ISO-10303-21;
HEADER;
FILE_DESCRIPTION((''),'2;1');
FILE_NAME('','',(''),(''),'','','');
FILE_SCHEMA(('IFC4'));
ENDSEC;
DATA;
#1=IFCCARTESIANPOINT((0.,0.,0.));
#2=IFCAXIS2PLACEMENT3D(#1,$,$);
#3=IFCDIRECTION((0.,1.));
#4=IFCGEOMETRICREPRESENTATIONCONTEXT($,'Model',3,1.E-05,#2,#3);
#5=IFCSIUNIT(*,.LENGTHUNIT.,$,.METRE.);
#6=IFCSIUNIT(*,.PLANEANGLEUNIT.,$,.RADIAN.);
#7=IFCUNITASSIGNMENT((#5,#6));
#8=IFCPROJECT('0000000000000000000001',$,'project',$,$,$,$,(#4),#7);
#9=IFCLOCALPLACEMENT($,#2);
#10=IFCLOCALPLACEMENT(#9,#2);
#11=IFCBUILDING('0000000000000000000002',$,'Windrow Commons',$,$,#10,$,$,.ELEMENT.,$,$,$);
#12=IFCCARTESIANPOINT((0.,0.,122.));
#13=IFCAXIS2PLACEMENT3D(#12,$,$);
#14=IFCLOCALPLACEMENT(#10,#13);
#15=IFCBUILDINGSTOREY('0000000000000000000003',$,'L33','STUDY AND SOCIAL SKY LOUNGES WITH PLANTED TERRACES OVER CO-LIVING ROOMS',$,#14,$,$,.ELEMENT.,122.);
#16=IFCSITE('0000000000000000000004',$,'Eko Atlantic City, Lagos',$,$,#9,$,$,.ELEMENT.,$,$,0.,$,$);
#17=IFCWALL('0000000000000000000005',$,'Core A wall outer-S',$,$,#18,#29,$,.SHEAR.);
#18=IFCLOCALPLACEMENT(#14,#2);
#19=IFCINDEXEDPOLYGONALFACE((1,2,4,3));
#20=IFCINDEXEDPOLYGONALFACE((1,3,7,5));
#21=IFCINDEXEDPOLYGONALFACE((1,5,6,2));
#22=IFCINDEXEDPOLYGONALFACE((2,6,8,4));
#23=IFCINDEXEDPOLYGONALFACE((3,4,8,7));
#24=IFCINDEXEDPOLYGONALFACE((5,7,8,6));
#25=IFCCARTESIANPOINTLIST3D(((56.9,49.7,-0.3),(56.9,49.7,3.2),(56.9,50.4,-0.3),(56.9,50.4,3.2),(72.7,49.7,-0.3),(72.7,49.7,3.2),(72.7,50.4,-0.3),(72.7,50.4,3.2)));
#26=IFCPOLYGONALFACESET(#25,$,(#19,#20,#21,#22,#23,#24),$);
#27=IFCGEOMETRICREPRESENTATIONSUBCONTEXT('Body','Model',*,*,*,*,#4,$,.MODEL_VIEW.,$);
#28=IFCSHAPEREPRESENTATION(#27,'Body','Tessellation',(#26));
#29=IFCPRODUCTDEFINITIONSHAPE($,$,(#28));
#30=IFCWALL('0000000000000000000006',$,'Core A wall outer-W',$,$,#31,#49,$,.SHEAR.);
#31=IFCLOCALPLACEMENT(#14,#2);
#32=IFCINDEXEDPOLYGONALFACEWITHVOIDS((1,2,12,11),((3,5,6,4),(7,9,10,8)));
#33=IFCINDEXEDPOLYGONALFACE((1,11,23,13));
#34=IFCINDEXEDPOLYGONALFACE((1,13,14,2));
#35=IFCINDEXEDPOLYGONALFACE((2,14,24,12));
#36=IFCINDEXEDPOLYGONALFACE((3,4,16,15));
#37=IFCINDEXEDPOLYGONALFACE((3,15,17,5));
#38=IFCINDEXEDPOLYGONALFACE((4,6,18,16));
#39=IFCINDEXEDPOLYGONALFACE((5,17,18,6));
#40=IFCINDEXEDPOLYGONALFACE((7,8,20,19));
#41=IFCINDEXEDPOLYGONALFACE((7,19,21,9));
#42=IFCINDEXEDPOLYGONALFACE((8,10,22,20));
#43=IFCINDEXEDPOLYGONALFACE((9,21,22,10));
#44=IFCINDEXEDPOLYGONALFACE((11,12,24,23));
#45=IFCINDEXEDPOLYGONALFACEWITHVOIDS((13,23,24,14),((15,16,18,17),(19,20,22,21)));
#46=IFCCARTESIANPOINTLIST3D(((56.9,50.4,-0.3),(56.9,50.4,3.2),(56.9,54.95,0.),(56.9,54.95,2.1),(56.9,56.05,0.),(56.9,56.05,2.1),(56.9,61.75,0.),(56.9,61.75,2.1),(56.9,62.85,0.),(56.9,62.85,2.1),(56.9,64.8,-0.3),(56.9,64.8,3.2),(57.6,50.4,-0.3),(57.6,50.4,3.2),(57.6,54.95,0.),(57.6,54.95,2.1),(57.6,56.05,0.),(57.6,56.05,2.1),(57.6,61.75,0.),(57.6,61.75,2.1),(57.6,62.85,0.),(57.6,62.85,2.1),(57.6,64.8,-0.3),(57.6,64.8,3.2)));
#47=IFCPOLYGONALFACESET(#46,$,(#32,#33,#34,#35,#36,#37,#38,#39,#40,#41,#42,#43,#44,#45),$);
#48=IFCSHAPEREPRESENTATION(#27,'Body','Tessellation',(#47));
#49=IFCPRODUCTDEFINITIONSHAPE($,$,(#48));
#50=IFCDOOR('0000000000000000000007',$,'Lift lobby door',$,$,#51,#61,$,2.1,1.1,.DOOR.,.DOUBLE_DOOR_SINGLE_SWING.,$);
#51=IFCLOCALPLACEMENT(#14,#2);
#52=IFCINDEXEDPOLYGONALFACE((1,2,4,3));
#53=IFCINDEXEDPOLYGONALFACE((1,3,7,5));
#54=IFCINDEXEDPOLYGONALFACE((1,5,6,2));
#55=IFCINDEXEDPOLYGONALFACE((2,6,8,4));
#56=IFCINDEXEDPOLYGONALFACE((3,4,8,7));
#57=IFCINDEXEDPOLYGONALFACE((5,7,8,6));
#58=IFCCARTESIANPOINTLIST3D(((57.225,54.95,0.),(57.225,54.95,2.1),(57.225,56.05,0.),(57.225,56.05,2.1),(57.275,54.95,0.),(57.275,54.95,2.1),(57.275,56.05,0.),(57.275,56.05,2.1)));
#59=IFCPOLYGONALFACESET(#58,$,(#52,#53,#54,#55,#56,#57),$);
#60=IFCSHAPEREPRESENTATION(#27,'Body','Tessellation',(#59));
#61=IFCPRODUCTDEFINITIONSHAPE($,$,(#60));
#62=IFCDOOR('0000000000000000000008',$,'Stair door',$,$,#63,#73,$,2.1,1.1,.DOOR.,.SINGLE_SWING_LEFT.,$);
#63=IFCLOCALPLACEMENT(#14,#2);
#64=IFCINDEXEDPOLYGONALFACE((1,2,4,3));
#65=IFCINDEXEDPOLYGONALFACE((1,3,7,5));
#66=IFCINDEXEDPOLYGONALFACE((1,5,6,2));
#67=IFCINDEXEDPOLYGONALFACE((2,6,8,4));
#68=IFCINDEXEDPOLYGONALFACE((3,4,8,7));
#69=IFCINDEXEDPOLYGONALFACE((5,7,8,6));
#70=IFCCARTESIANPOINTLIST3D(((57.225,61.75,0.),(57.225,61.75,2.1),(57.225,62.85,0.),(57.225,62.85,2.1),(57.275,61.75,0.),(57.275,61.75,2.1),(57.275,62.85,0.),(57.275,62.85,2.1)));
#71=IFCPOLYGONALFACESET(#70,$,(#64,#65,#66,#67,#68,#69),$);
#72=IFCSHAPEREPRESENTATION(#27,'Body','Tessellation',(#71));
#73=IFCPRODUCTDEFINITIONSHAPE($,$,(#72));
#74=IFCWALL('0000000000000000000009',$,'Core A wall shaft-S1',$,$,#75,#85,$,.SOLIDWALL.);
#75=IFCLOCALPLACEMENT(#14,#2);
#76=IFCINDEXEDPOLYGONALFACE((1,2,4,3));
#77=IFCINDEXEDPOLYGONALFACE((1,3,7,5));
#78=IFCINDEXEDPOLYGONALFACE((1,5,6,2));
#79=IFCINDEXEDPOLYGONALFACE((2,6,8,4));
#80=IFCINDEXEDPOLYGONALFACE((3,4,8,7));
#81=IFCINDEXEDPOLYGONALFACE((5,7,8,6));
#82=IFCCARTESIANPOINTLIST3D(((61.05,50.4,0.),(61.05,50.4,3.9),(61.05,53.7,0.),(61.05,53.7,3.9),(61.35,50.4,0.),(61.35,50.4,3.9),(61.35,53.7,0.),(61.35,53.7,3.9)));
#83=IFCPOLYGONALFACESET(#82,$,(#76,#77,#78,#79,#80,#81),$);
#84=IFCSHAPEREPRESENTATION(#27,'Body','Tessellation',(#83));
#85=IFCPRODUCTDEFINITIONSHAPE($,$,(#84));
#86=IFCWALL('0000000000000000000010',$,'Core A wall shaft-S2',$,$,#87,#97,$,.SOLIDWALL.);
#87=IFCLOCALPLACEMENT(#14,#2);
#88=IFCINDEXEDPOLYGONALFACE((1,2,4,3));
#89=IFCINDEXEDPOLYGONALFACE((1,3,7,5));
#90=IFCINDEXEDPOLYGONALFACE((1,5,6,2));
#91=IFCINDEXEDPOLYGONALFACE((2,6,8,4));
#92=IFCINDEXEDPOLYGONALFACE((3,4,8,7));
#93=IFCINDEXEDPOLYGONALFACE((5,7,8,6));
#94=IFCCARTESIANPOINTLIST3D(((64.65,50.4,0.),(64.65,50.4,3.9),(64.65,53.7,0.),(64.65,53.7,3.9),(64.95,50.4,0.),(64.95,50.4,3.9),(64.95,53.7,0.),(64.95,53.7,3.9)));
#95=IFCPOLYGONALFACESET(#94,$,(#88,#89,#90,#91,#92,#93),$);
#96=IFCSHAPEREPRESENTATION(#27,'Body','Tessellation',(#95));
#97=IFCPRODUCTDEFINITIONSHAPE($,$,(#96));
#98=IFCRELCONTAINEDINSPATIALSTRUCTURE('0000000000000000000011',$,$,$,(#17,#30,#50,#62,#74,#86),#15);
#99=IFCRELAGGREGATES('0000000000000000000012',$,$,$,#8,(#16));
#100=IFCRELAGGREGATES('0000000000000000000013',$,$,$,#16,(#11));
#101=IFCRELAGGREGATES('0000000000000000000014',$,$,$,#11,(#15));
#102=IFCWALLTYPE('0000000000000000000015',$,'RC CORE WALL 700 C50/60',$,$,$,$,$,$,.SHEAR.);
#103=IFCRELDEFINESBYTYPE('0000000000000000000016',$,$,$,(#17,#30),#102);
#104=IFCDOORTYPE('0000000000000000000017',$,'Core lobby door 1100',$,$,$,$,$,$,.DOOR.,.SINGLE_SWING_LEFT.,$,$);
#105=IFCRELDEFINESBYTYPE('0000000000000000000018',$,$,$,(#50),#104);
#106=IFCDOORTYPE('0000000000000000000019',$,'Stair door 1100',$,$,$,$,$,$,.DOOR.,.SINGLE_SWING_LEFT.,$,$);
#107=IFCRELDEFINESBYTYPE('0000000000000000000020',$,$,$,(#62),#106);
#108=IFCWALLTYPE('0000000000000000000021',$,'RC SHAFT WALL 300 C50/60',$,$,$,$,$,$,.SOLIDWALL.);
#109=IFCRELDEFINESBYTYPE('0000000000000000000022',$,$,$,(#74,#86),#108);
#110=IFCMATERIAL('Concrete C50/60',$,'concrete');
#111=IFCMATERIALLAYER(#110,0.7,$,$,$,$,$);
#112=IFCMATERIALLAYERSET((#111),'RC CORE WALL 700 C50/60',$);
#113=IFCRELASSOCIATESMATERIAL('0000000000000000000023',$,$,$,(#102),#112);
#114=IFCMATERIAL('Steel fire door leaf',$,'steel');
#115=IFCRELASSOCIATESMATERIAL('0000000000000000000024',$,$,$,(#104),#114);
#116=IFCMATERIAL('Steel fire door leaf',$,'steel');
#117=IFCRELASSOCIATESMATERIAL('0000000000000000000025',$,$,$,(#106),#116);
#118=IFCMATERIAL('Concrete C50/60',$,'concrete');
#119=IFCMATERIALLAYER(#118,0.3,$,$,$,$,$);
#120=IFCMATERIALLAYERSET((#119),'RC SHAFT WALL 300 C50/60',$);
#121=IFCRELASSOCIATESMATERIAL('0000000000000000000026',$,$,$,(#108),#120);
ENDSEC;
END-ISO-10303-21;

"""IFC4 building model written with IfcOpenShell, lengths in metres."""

from ifc_helpers import new_model, si_unit, direction, frame, frame_2d, origin, place, context, subcontext, project, spatial, rectangle, extrude, material, layer, layer_set, type_object, element, fill, save


model = new_model("IFC4")

# Units and contexts
model_context = context("Model", 3, precision=1e-05, world=origin(), true_north=direction((0.0, 1.0)))
body_context = subcontext(model_context, "Body", "Model", "MODEL_VIEW")
ifc_project = project(units=[si_unit("LENGTHUNIT", "METRE"), si_unit("PLANEANGLEUNIT", "RADIAN")], contexts=[model_context])

# Site, building, storey
site_placement = place(None, origin())
site = spatial("IfcSite", under=ifc_project, at=site_placement, Name="Eko Atlantic City, Lagos", CompositionType="ELEMENT", RefElevation=0.0)
building_placement = place(site_placement, origin())
building = spatial("IfcBuilding", under=site, at=building_placement, Name="Windrow Commons", CompositionType="ELEMENT")
storey_placement = place(building_placement, frame((0.0, 0.0, 122.0)))
storey = spatial("IfcBuildingStorey", under=building, at=storey_placement, Name="L33", Description="STUDY AND SOCIAL SKY LOUNGES WITH PLANTED TERRACES OVER CO-LIVING ROOMS", CompositionType="ELEMENT", Elevation=122.0)

# Wall
ifc_material_1 = material(Name="Concrete C50/60", Category="concrete")
ifc_layer_1 = layer(ifc_material_1, 0.7)
ifc_layer_set_1 = layer_set([ifc_layer_1], Name="RC CORE WALL 700 C50/60")
wall_type_1 = type_object("IfcWallType", Name="RC CORE WALL 700 C50/60", PredefinedType="SHEAR", material=ifc_layer_set_1)
wall_1_placement = place(storey_placement, frame((56.9, 50.05, -0.3), z_axis=(0.0, 0.0, 1.0), x_axis=(1.0, 0.0, 0.0)))
element("IfcWall", 1, at=wall_1_placement, inside=storey, type_object=wall_type_1, Name="Core A wall outer-S", PredefinedType="SHEAR", context=body_context, shape_type="SweptSolid", body=[
    extrude(rectangle(XDim=15.8, YDim=0.7, at=frame_2d((7.9, 0.0))), origin(), (0.0, 0.0, 1.0), 3.5),
])

# Wall, openings, doors
wall_2_placement = place(storey_placement, frame((57.25, 50.4, -0.3), z_axis=(0.0, 0.0, 1.0), x_axis=(0.0, 1.0, 0.0)))
wall_2 = element("IfcWall", 2, at=wall_2_placement, inside=storey, type_object=wall_type_1, Name="Core A wall outer-W", PredefinedType="SHEAR", context=body_context, shape_type="SweptSolid", body=[
    extrude(rectangle(XDim=14.4, YDim=0.7, at=frame_2d((7.2, 0.0))), origin(), (0.0, 0.0, 1.0), 3.5),
])
opening_1_placement = place(wall_2_placement, frame((4.55, 0.0, 0.3)))
opening_1 = element("IfcOpeningElement", 3, at=opening_1_placement, cuts=wall_2, PredefinedType="OPENING", context=body_context, shape_type="SweptSolid", body=[
    extrude(rectangle(XDim=1.1, YDim=2.1, at=frame_2d((0.55, 1.05))), frame((0.0, 0.36, 0.0), z_axis=(0.0, -1.0, 0.0), x_axis=(1.0, 0.0, 0.0)), (0.0, 0.0, 1.0), 0.72),
])
opening_2_placement = place(wall_2_placement, frame((11.35, 0.0, 0.3)))
opening_2 = element("IfcOpeningElement", 4, at=opening_2_placement, cuts=wall_2, PredefinedType="OPENING", context=body_context, shape_type="SweptSolid", body=[
    extrude(rectangle(XDim=1.1, YDim=2.1, at=frame_2d((0.55, 1.05))), frame((0.0, 0.36, 0.0), z_axis=(0.0, -1.0, 0.0), x_axis=(1.0, 0.0, 0.0)), (0.0, 0.0, 1.0), 0.72),
])
ifc_material_2 = material(Name="Steel fire door leaf", Category="steel")
door_type_1 = type_object("IfcDoorType", Name="Core lobby door 1100", OperationType="SINGLE_SWING_LEFT", PredefinedType="DOOR", material=ifc_material_2)
door_1_placement = place(opening_1_placement, origin())
door_1 = element("IfcDoor", 5, at=door_1_placement, inside=storey, type_object=door_type_1, Name="Lift lobby door", OperationType="DOUBLE_DOOR_SINGLE_SWING", OverallHeight=2.1, OverallWidth=1.1, PredefinedType="DOOR", context=body_context, shape_type="SweptSolid", body=[
    extrude(rectangle(XDim=1.1, YDim=2.1, at=frame_2d((0.55, 1.05))), frame((0.0, 0.025, 0.0), z_axis=(0.0, -1.0, 0.0), x_axis=(1.0, 0.0, 0.0)), (0.0, 0.0, 1.0), 0.05),
])
fill(opening_1, door_1)
ifc_material_3 = material(Name="Steel fire door leaf", Category="steel")
door_type_2 = type_object("IfcDoorType", Name="Stair door 1100", OperationType="SINGLE_SWING_LEFT", PredefinedType="DOOR", material=ifc_material_3)
door_2_placement = place(opening_2_placement, origin())
door_2 = element("IfcDoor", 6, at=door_2_placement, inside=storey, type_object=door_type_2, Name="Stair door", OperationType="SINGLE_SWING_LEFT", OverallHeight=2.1, OverallWidth=1.1, PredefinedType="DOOR", context=body_context, shape_type="SweptSolid", body=[
    extrude(rectangle(XDim=1.1, YDim=2.1, at=frame_2d((0.55, 1.05))), frame((0.0, 0.025, 0.0), z_axis=(0.0, -1.0, 0.0), x_axis=(1.0, 0.0, 0.0)), (0.0, 0.0, 1.0), 0.05),
])
fill(opening_2, door_2)

# Walls
ifc_material_4 = material(Name="Concrete C50/60", Category="concrete")
ifc_layer_2 = layer(ifc_material_4, 0.3)
ifc_layer_set_2 = layer_set([ifc_layer_2], Name="RC SHAFT WALL 300 C50/60")
wall_type_2 = type_object("IfcWallType", Name="RC SHAFT WALL 300 C50/60", PredefinedType="SOLIDWALL", material=ifc_layer_set_2)
for number, where, z_axis, x_axis, name in (
    (7, (61.2, 50.4, 0.0), (0.0, 0.0, 1.0), (0.0, 1.0, 0.0), "Core A wall shaft-S1"),
    (8, (64.8, 50.4, 0.0), (0.0, 0.0, 1.0), (0.0, 1.0, 0.0), "Core A wall shaft-S2"),
):
    element("IfcWall", number, at=place(storey_placement, frame(where, z_axis=z_axis, x_axis=x_axis)), inside=storey, type_object=wall_type_2, Name=name, PredefinedType="SOLIDWALL", context=body_context, shape_type="SweptSolid", body=[
        extrude(rectangle(XDim=3.3, YDim=0.3, at=frame_2d((1.65, 0.0))), origin(), (0.0, 0.0, 1.0), 3.9),
    ])

save(model, "model.ifc")
